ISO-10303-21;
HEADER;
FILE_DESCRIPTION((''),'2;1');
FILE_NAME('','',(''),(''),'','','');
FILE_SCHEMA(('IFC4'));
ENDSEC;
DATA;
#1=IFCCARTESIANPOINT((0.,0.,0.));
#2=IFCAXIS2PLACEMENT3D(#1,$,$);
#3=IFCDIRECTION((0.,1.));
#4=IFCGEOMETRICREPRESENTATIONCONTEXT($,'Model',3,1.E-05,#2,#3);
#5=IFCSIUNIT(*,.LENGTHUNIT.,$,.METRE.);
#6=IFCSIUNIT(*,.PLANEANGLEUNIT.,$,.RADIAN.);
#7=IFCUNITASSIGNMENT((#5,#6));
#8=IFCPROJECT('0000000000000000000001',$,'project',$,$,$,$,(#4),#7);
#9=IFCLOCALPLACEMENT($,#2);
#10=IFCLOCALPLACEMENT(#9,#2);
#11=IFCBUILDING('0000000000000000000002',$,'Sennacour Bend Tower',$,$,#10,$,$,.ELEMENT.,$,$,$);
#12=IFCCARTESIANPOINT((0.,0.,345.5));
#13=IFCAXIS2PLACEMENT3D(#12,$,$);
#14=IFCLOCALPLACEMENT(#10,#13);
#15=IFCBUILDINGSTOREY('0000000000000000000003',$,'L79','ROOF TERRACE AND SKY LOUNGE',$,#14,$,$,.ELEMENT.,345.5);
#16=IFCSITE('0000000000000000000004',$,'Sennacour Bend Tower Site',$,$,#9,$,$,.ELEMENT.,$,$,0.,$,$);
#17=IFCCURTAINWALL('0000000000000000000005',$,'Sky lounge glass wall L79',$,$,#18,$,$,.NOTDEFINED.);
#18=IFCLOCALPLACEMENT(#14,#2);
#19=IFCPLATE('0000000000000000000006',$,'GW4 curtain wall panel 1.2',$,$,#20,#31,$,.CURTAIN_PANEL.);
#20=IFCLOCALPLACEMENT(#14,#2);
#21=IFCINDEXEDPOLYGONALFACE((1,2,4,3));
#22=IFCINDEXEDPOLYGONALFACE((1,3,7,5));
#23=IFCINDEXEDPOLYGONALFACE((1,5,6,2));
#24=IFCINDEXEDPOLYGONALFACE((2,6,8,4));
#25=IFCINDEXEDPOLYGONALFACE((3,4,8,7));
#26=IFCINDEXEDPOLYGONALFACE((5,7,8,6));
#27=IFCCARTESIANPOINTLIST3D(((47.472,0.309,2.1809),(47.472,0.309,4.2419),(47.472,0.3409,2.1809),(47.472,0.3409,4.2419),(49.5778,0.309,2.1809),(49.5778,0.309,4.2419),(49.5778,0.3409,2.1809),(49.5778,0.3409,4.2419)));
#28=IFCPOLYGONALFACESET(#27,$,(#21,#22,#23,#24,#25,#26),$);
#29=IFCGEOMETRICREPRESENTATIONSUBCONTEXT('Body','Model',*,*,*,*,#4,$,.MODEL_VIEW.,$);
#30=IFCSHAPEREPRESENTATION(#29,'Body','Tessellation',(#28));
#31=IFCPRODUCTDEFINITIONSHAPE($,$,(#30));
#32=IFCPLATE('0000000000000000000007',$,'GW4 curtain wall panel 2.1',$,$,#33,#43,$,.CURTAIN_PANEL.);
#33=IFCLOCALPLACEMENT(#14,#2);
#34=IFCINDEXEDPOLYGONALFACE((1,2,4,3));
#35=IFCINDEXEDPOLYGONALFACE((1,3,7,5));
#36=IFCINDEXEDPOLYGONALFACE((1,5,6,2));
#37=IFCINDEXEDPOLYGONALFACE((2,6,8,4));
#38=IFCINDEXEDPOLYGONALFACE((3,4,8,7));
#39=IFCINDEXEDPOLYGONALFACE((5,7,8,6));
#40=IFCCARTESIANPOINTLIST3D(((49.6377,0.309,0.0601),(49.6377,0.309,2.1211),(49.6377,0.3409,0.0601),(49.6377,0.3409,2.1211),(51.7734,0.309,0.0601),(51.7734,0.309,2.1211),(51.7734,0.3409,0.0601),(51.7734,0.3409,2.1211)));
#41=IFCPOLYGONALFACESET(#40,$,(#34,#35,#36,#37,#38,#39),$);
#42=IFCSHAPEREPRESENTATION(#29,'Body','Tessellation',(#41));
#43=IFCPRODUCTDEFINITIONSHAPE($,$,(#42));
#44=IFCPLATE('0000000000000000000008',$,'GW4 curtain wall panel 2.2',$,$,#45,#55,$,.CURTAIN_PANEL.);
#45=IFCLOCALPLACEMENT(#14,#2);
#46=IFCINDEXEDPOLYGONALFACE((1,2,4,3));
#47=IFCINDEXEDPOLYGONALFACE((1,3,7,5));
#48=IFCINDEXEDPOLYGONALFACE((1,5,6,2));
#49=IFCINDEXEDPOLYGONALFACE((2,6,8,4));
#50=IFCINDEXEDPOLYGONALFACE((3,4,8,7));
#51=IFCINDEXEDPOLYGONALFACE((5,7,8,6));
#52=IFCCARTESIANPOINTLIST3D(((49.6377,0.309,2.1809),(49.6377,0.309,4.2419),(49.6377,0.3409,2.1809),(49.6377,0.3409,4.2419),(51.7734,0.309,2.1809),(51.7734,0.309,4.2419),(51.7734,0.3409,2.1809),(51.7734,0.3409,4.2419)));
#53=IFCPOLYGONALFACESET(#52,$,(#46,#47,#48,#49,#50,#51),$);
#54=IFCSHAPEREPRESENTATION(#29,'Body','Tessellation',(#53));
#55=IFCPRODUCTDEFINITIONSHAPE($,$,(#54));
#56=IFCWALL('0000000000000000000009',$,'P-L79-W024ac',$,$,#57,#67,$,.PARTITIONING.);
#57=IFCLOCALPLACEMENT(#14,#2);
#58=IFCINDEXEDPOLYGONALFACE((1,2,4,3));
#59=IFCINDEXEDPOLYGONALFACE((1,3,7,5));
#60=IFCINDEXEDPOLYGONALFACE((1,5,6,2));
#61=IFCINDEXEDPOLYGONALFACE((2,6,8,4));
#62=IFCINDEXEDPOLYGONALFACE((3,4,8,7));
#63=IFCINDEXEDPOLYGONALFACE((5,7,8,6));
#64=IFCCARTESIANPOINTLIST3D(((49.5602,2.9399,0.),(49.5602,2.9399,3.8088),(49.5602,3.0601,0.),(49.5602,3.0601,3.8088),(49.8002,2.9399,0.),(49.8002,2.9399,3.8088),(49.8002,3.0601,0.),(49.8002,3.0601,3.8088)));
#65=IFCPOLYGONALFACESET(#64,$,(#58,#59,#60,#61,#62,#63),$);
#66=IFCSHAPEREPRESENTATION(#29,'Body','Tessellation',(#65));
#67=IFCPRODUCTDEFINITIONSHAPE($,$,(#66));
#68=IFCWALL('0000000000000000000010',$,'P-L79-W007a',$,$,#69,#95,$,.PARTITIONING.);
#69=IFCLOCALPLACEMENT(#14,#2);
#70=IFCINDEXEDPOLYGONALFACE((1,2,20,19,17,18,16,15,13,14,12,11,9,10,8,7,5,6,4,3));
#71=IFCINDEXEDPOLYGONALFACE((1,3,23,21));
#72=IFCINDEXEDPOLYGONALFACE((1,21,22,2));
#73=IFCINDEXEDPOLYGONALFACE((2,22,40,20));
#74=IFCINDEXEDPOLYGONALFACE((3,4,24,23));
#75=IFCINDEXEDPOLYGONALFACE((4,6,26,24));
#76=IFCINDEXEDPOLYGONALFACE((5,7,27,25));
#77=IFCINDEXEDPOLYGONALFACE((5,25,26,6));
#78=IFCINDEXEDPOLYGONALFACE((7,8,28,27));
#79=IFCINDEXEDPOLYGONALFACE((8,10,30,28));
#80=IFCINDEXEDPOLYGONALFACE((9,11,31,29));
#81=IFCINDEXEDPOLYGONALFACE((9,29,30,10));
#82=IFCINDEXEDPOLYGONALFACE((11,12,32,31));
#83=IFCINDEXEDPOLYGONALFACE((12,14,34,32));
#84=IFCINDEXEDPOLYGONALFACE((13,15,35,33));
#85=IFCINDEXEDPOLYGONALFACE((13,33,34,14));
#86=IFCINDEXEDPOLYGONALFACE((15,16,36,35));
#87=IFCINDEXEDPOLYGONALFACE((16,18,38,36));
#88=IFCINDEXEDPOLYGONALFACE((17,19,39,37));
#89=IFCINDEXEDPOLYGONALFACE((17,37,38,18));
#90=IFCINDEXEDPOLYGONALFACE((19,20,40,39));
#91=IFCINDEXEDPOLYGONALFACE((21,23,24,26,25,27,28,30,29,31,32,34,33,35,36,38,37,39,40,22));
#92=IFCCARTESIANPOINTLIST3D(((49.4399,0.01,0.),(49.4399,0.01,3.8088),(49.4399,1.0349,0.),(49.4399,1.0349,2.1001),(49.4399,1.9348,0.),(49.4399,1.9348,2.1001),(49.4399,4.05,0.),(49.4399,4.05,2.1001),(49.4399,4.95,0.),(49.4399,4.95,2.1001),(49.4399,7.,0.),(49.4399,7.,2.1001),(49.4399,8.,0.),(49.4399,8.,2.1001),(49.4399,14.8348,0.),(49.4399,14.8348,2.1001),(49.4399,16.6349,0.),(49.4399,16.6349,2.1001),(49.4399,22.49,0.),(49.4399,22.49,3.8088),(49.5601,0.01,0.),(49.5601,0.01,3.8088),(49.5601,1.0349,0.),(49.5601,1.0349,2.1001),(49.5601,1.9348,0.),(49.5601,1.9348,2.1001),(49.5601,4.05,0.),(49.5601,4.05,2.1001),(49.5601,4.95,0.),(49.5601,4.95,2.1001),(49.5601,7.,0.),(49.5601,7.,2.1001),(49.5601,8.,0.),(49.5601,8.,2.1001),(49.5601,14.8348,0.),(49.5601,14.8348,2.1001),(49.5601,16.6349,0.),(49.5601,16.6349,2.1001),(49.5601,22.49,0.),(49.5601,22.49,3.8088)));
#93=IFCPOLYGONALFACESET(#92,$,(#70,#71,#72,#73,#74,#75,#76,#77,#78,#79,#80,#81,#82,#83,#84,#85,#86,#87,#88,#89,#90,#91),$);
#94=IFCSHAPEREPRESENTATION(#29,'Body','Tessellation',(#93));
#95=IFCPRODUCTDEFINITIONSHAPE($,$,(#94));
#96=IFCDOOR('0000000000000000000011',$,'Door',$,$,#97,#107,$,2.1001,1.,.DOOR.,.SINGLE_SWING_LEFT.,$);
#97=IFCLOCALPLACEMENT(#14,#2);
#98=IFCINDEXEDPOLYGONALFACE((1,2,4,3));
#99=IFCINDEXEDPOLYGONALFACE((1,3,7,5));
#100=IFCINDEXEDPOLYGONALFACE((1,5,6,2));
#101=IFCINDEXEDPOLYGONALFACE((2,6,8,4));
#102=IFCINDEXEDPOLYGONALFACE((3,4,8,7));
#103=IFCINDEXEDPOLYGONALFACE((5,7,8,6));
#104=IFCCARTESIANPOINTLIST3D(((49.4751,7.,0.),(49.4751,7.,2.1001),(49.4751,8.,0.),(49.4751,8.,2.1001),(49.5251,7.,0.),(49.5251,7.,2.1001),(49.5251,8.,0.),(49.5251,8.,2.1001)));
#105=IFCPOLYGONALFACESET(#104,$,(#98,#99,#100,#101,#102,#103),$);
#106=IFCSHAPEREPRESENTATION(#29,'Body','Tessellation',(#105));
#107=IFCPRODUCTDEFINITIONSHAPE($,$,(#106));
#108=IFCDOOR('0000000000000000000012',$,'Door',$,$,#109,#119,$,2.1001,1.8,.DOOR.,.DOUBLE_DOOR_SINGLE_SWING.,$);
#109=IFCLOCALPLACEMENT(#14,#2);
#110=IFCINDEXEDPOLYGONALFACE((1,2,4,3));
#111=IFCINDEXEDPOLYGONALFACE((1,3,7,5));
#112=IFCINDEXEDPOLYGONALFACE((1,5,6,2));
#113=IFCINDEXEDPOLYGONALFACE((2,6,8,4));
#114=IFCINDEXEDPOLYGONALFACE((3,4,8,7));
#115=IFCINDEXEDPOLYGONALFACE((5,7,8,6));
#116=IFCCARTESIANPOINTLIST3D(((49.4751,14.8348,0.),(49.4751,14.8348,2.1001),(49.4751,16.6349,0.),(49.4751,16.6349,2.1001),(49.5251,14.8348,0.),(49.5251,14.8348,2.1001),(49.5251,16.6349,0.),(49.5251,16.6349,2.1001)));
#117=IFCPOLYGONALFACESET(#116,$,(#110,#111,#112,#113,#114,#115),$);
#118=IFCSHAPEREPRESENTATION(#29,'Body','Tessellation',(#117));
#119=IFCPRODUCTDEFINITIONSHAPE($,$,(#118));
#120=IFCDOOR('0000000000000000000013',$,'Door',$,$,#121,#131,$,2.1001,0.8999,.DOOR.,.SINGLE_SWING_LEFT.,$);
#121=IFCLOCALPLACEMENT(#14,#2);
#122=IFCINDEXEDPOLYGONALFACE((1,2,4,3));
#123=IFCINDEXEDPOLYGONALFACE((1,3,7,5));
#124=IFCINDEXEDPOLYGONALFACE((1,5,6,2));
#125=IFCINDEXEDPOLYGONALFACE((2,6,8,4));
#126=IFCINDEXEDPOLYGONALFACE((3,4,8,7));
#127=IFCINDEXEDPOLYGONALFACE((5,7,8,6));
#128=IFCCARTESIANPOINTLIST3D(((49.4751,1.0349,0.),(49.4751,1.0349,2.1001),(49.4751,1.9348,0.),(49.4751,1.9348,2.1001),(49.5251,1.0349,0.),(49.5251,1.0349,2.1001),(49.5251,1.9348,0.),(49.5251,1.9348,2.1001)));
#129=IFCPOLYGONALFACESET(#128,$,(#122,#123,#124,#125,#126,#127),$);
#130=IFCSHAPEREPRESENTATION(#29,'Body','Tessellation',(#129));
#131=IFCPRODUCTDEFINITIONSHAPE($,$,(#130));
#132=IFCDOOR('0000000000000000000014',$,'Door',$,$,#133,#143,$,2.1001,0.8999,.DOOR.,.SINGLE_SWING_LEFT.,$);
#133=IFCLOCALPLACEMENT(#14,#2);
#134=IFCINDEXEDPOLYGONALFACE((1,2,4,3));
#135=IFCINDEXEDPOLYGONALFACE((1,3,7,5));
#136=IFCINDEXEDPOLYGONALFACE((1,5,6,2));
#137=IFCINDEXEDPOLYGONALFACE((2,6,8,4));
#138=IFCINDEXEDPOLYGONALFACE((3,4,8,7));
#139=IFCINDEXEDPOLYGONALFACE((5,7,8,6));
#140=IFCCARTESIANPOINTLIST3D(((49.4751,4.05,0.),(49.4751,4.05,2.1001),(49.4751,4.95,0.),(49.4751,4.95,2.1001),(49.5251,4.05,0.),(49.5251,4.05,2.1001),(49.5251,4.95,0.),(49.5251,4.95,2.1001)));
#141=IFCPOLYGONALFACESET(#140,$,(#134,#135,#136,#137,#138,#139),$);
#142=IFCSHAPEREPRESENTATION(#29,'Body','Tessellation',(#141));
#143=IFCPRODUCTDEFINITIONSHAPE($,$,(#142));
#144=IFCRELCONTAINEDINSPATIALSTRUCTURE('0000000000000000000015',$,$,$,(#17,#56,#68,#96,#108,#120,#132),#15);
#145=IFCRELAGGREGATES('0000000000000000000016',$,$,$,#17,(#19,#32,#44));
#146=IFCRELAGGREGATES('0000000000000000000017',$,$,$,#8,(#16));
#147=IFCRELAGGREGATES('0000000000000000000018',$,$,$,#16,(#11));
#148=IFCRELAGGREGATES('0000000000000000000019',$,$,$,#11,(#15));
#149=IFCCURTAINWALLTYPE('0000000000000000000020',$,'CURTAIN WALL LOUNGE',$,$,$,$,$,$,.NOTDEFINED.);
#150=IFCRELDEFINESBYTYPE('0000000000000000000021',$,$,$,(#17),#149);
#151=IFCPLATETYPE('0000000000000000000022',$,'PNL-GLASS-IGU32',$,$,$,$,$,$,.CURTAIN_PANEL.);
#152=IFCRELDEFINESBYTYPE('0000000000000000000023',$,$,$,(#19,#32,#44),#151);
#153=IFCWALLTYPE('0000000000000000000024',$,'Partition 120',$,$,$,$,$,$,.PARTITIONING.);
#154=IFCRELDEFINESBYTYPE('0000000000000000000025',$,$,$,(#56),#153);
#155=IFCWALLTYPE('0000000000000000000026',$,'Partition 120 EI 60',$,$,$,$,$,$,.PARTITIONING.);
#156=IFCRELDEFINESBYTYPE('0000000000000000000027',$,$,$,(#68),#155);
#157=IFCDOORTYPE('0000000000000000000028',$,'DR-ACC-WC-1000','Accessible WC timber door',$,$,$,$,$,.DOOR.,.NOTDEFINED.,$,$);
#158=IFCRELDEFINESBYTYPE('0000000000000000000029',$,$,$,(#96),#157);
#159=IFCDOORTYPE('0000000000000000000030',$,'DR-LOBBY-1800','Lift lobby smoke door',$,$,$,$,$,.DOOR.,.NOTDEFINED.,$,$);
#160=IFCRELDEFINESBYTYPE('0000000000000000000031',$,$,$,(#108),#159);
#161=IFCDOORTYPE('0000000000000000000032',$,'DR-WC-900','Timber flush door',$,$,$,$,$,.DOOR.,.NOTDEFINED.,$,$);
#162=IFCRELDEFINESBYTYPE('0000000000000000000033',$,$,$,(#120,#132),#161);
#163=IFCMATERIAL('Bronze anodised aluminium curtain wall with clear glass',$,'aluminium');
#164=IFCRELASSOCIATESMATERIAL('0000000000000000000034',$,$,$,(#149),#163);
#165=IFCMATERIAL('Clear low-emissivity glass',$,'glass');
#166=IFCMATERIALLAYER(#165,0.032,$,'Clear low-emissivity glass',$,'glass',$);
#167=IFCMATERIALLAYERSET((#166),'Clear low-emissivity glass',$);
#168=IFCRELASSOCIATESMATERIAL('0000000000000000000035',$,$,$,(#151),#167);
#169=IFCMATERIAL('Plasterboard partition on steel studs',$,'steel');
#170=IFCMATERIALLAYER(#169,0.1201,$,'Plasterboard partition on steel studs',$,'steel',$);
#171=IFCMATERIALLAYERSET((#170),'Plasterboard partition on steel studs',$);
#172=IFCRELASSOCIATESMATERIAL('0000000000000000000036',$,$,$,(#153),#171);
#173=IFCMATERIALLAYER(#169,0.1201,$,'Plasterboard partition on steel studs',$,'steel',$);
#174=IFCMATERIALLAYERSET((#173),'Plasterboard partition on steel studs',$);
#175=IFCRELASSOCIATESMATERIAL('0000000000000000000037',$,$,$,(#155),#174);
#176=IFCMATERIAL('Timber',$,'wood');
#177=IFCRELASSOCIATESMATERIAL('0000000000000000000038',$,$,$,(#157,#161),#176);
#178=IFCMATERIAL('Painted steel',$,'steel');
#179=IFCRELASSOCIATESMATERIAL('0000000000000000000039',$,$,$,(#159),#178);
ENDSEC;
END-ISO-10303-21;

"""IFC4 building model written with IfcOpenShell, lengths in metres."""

from ifc_helpers import new_model, si_unit, direction, frame, frame_2d, origin, origin_2d, place, context, subcontext, project, spatial, rectangle, extrude, material, layer, layer_set, type_object, element, fill, aggregate, save


model = new_model("IFC4")

# Units and contexts
model_context = context("Model", 3, precision=1e-05, world=origin(), true_north=direction((0.0, 1.0)))
body_context = subcontext(model_context, "Body", "Model", "MODEL_VIEW")
ifc_project = project(units=[si_unit("LENGTHUNIT", "METRE"), si_unit("PLANEANGLEUNIT", "RADIAN")], contexts=[model_context])

# Site, building, storey
site_placement = place(None, origin())
site = spatial("IfcSite", under=ifc_project, at=site_placement, Name="Sennacour Bend Tower Site", CompositionType="ELEMENT", RefElevation=0.0)
building_placement = place(site_placement, origin())
building = spatial("IfcBuilding", under=site, at=building_placement, Name="Sennacour Bend Tower", CompositionType="ELEMENT")
storey_placement = place(building_placement, frame((0.0, 0.0, 345.5)))
storey = spatial("IfcBuildingStorey", under=building, at=storey_placement, Name="L79", Description="ROOF TERRACE AND SKY LOUNGE", CompositionType="ELEMENT", Elevation=345.5)

# Curtain wall
ifc_material_1 = material(Name="Bronze anodised aluminium curtain wall with clear glass", Category="aluminium")
curtain_wall_type = type_object("IfcCurtainWallType", Name="CURTAIN WALL LOUNGE", PredefinedType="NOTDEFINED", material=ifc_material_1)
curtain_wall_placement = place(storey_placement, origin())
curtain_wall = element("IfcCurtainWall", 1, at=curtain_wall_placement, inside=storey, type_object=curtain_wall_type, Name="Sky lounge glass wall L79", PredefinedType="NOTDEFINED")

# Plates
ifc_material_2 = material(Name="Clear low-emissivity glass", Category="glass")
ifc_layer_1 = layer(ifc_material_2, 0.032, Name="Clear low-emissivity glass", Category="glass")
ifc_layer_set_1 = layer_set([ifc_layer_1], Name="Clear low-emissivity glass")
plate_type = type_object("IfcPlateType", Name="PNL-GLASS-IGU32", PredefinedType="CURTAIN_PANEL", material=ifc_layer_set_1)
plate_1_placement = place(storey_placement, frame((48.5249, 0.325, 2.1809), z_axis=(0.0, 0.0, 1.0), x_axis=(1.0, 0.0, 0.0)))
plate_1 = element("IfcPlate", 2, at=plate_1_placement, type_object=plate_type, Name="GW4 curtain wall panel 1.2", PredefinedType="CURTAIN_PANEL", context=body_context, shape_type="SweptSolid", body=[
    extrude(rectangle(XDim=2.1057, YDim=0.032, at=origin_2d()), origin(), (0.0, 0.0, 1.0), 2.061),
])
plate_2_placement = place(storey_placement, frame((50.7056, 0.325, 0.0601), z_axis=(0.0, 0.0, 1.0), x_axis=(1.0, 0.0, 0.0)))
plate_2 = element("IfcPlate", 3, at=plate_2_placement, type_object=plate_type, Name="GW4 curtain wall panel 2.1", PredefinedType="CURTAIN_PANEL", context=body_context, shape_type="SweptSolid", body=[
    extrude(rectangle(XDim=2.1357, YDim=0.032, at=origin_2d()), origin(), (0.0, 0.0, 1.0), 2.061),
])
plate_3_placement = place(storey_placement, frame((50.7056, 0.325, 2.1809), z_axis=(0.0, 0.0, 1.0), x_axis=(1.0, 0.0, 0.0)))
plate_3 = element("IfcPlate", 4, at=plate_3_placement, type_object=plate_type, Name="GW4 curtain wall panel 2.2", PredefinedType="CURTAIN_PANEL", context=body_context, shape_type="SweptSolid", body=[
    extrude(rectangle(XDim=2.1357, YDim=0.032, at=origin_2d()), origin(), (0.0, 0.0, 1.0), 2.061),
])
aggregate(curtain_wall, [plate_1, plate_2, plate_3])

# Wall
ifc_material_3 = material(Name="Plasterboard partition on steel studs", Category="steel")
ifc_layer_2 = layer(ifc_material_3, 0.1201, Name="Plasterboard partition on steel studs", Category="steel")
ifc_layer_set_2 = layer_set([ifc_layer_2], Name="Plasterboard partition on steel studs")
wall_type_1 = type_object("IfcWallType", Name="Partition 120", PredefinedType="PARTITIONING", material=ifc_layer_set_2)
wall_1_placement = place(storey_placement, frame((49.5601, 3.0, 0.0), z_axis=(0.0, 0.0, 1.0), x_axis=(1.0, 0.0, 0.0)))
element("IfcWall", 5, at=wall_1_placement, inside=storey, type_object=wall_type_1, Name="P-L79-W024ac", PredefinedType="PARTITIONING", context=body_context, shape_type="SweptSolid", body=[
    extrude(rectangle(XDim=0.24, YDim=0.1201, at=frame_2d((0.1201, 0.0))), origin(), (0.0, 0.0, 1.0), 3.8088),
])

# Wall, openings, doors
ifc_layer_3 = layer(ifc_material_3, 0.1201, Name="Plasterboard partition on steel studs", Category="steel")
ifc_layer_set_3 = layer_set([ifc_layer_3], Name="Plasterboard partition on steel studs")
wall_type_2 = type_object("IfcWallType", Name="Partition 120 EI 60", PredefinedType="PARTITIONING", material=ifc_layer_set_3)
wall_2_placement = place(storey_placement, frame((49.5, 0.01, 0.0), z_axis=(0.0, 0.0, 1.0), x_axis=(0.0, 1.0, 0.0)))
wall_2 = element("IfcWall", 6, at=wall_2_placement, inside=storey, type_object=wall_type_2, Name="P-L79-W007a", PredefinedType="PARTITIONING", context=body_context, shape_type="SweptSolid", body=[
    extrude(rectangle(XDim=22.48, YDim=0.1201, at=frame_2d((11.24, 0.0))), origin(), (0.0, 0.0, 1.0), 3.8088),
])
opening_1_placement = place(wall_2_placement, frame((1.0249, 0.0, 0.0)))
opening_1 = element("IfcOpeningElement", 7, at=opening_1_placement, cuts=wall_2, PredefinedType="OPENING", context=body_context, shape_type="SweptSolid", body=[
    extrude(rectangle(XDim=0.8999, YDim=2.1001, at=frame_2d((0.45, 1.05))), frame((0.0, 0.0701, 0.0), z_axis=(0.0, -1.0, 0.0), x_axis=(1.0, 0.0, 0.0)), (0.0, 0.0, 1.0), 0.1401),
])
opening_2_placement = place(wall_2_placement, frame((4.04, 0.0, 0.0)))
opening_2 = element("IfcOpeningElement", 8, at=opening_2_placement, cuts=wall_2, PredefinedType="OPENING", context=body_context, shape_type="SweptSolid", body=[
    extrude(rectangle(XDim=0.8999, YDim=2.1001, at=frame_2d((0.45, 1.05))), frame((0.0, 0.0701, 0.0), z_axis=(0.0, -1.0, 0.0), x_axis=(1.0, 0.0, 0.0)), (0.0, 0.0, 1.0), 0.1401),
])
opening_3_placement = place(wall_2_placement, frame((6.99, 0.0, 0.0)))
opening_3 = element("IfcOpeningElement", 9, at=opening_3_placement, cuts=wall_2, PredefinedType="OPENING", context=body_context, shape_type="SweptSolid", body=[
    extrude(rectangle(XDim=1.0, YDim=2.1001, at=frame_2d((0.5, 1.05))), frame((0.0, 0.0701, 0.0), z_axis=(0.0, -1.0, 0.0), x_axis=(1.0, 0.0, 0.0)), (0.0, 0.0, 1.0), 0.1401),
])
opening_4_placement = place(wall_2_placement, frame((14.825, 0.0, 0.0)))
opening_4 = element("IfcOpeningElement", 10, at=opening_4_placement, cuts=wall_2, PredefinedType="OPENING", context=body_context, shape_type="SweptSolid", body=[
    extrude(rectangle(XDim=1.8, YDim=2.1001, at=frame_2d((0.8999, 1.05))), frame((0.0, 0.0701, 0.0), z_axis=(0.0, -1.0, 0.0), x_axis=(1.0, 0.0, 0.0)), (0.0, 0.0, 1.0), 0.1401),
])
ifc_material_4 = material(Name="Timber", Category="wood")
door_type_1 = type_object("IfcDoorType", Name="DR-ACC-WC-1000", Description="Accessible WC timber door", OperationType="NOTDEFINED", PredefinedType="DOOR", material=ifc_material_4)
door_1_placement = place(opening_3_placement, origin())
door_1 = element("IfcDoor", 11, at=door_1_placement, inside=storey, type_object=door_type_1, Name="Door", OperationType="SINGLE_SWING_LEFT", OverallHeight=2.1001, OverallWidth=1.0, PredefinedType="DOOR", context=body_context, shape_type="SweptSolid", body=[
    extrude(rectangle(XDim=1.0, YDim=2.1001, at=frame_2d((0.5, 1.05))), frame((0.0, 0.0249, 0.0), z_axis=(0.0, -1.0, 0.0), x_axis=(1.0, 0.0, 0.0)), (0.0, 0.0, 1.0), 0.05),
])
fill(opening_3, door_1)
ifc_material_5 = material(Name="Painted steel", Category="steel")
door_type_2 = type_object("IfcDoorType", Name="DR-LOBBY-1800", Description="Lift lobby smoke door", OperationType="NOTDEFINED", PredefinedType="DOOR", material=ifc_material_5)
door_2_placement = place(opening_4_placement, origin())
door_2 = element("IfcDoor", 12, at=door_2_placement, inside=storey, type_object=door_type_2, Name="Door", OperationType="DOUBLE_DOOR_SINGLE_SWING", OverallHeight=2.1001, OverallWidth=1.8, PredefinedType="DOOR", context=body_context, shape_type="SweptSolid", body=[
    extrude(rectangle(XDim=1.8, YDim=2.1001, at=frame_2d((0.8999, 1.05))), frame((0.0, 0.0249, 0.0), z_axis=(0.0, -1.0, 0.0), x_axis=(1.0, 0.0, 0.0)), (0.0, 0.0, 1.0), 0.05),
])
fill(opening_4, door_2)
door_type_3 = type_object("IfcDoorType", Name="DR-WC-900", Description="Timber flush door", OperationType="NOTDEFINED", PredefinedType="DOOR", material=ifc_material_4)
door_3_placement = place(opening_1_placement, origin())
door_3 = element("IfcDoor", 13, at=door_3_placement, inside=storey, type_object=door_type_3, Name="Door", OperationType="SINGLE_SWING_LEFT", OverallHeight=2.1001, OverallWidth=0.8999, PredefinedType="DOOR", context=body_context, shape_type="SweptSolid", body=[
    extrude(rectangle(XDim=0.8999, YDim=2.1001, at=frame_2d((0.45, 1.05))), frame((0.0, 0.0249, 0.0), z_axis=(0.0, -1.0, 0.0), x_axis=(1.0, 0.0, 0.0)), (0.0, 0.0, 1.0), 0.05),
])
fill(opening_1, door_3)
door_4_placement = place(opening_2_placement, origin())
door_4 = element("IfcDoor", 14, at=door_4_placement, inside=storey, type_object=door_type_3, Name="Door", OperationType="SINGLE_SWING_LEFT", OverallHeight=2.1001, OverallWidth=0.8999, PredefinedType="DOOR", context=body_context, shape_type="SweptSolid", body=[
    extrude(rectangle(XDim=0.8999, YDim=2.1001, at=frame_2d((0.45, 1.05))), frame((0.0, 0.0249, 0.0), z_axis=(0.0, -1.0, 0.0), x_axis=(1.0, 0.0, 0.0)), (0.0, 0.0, 1.0), 0.05),
])
fill(opening_2, door_4)

save(model, "model.ifc")
